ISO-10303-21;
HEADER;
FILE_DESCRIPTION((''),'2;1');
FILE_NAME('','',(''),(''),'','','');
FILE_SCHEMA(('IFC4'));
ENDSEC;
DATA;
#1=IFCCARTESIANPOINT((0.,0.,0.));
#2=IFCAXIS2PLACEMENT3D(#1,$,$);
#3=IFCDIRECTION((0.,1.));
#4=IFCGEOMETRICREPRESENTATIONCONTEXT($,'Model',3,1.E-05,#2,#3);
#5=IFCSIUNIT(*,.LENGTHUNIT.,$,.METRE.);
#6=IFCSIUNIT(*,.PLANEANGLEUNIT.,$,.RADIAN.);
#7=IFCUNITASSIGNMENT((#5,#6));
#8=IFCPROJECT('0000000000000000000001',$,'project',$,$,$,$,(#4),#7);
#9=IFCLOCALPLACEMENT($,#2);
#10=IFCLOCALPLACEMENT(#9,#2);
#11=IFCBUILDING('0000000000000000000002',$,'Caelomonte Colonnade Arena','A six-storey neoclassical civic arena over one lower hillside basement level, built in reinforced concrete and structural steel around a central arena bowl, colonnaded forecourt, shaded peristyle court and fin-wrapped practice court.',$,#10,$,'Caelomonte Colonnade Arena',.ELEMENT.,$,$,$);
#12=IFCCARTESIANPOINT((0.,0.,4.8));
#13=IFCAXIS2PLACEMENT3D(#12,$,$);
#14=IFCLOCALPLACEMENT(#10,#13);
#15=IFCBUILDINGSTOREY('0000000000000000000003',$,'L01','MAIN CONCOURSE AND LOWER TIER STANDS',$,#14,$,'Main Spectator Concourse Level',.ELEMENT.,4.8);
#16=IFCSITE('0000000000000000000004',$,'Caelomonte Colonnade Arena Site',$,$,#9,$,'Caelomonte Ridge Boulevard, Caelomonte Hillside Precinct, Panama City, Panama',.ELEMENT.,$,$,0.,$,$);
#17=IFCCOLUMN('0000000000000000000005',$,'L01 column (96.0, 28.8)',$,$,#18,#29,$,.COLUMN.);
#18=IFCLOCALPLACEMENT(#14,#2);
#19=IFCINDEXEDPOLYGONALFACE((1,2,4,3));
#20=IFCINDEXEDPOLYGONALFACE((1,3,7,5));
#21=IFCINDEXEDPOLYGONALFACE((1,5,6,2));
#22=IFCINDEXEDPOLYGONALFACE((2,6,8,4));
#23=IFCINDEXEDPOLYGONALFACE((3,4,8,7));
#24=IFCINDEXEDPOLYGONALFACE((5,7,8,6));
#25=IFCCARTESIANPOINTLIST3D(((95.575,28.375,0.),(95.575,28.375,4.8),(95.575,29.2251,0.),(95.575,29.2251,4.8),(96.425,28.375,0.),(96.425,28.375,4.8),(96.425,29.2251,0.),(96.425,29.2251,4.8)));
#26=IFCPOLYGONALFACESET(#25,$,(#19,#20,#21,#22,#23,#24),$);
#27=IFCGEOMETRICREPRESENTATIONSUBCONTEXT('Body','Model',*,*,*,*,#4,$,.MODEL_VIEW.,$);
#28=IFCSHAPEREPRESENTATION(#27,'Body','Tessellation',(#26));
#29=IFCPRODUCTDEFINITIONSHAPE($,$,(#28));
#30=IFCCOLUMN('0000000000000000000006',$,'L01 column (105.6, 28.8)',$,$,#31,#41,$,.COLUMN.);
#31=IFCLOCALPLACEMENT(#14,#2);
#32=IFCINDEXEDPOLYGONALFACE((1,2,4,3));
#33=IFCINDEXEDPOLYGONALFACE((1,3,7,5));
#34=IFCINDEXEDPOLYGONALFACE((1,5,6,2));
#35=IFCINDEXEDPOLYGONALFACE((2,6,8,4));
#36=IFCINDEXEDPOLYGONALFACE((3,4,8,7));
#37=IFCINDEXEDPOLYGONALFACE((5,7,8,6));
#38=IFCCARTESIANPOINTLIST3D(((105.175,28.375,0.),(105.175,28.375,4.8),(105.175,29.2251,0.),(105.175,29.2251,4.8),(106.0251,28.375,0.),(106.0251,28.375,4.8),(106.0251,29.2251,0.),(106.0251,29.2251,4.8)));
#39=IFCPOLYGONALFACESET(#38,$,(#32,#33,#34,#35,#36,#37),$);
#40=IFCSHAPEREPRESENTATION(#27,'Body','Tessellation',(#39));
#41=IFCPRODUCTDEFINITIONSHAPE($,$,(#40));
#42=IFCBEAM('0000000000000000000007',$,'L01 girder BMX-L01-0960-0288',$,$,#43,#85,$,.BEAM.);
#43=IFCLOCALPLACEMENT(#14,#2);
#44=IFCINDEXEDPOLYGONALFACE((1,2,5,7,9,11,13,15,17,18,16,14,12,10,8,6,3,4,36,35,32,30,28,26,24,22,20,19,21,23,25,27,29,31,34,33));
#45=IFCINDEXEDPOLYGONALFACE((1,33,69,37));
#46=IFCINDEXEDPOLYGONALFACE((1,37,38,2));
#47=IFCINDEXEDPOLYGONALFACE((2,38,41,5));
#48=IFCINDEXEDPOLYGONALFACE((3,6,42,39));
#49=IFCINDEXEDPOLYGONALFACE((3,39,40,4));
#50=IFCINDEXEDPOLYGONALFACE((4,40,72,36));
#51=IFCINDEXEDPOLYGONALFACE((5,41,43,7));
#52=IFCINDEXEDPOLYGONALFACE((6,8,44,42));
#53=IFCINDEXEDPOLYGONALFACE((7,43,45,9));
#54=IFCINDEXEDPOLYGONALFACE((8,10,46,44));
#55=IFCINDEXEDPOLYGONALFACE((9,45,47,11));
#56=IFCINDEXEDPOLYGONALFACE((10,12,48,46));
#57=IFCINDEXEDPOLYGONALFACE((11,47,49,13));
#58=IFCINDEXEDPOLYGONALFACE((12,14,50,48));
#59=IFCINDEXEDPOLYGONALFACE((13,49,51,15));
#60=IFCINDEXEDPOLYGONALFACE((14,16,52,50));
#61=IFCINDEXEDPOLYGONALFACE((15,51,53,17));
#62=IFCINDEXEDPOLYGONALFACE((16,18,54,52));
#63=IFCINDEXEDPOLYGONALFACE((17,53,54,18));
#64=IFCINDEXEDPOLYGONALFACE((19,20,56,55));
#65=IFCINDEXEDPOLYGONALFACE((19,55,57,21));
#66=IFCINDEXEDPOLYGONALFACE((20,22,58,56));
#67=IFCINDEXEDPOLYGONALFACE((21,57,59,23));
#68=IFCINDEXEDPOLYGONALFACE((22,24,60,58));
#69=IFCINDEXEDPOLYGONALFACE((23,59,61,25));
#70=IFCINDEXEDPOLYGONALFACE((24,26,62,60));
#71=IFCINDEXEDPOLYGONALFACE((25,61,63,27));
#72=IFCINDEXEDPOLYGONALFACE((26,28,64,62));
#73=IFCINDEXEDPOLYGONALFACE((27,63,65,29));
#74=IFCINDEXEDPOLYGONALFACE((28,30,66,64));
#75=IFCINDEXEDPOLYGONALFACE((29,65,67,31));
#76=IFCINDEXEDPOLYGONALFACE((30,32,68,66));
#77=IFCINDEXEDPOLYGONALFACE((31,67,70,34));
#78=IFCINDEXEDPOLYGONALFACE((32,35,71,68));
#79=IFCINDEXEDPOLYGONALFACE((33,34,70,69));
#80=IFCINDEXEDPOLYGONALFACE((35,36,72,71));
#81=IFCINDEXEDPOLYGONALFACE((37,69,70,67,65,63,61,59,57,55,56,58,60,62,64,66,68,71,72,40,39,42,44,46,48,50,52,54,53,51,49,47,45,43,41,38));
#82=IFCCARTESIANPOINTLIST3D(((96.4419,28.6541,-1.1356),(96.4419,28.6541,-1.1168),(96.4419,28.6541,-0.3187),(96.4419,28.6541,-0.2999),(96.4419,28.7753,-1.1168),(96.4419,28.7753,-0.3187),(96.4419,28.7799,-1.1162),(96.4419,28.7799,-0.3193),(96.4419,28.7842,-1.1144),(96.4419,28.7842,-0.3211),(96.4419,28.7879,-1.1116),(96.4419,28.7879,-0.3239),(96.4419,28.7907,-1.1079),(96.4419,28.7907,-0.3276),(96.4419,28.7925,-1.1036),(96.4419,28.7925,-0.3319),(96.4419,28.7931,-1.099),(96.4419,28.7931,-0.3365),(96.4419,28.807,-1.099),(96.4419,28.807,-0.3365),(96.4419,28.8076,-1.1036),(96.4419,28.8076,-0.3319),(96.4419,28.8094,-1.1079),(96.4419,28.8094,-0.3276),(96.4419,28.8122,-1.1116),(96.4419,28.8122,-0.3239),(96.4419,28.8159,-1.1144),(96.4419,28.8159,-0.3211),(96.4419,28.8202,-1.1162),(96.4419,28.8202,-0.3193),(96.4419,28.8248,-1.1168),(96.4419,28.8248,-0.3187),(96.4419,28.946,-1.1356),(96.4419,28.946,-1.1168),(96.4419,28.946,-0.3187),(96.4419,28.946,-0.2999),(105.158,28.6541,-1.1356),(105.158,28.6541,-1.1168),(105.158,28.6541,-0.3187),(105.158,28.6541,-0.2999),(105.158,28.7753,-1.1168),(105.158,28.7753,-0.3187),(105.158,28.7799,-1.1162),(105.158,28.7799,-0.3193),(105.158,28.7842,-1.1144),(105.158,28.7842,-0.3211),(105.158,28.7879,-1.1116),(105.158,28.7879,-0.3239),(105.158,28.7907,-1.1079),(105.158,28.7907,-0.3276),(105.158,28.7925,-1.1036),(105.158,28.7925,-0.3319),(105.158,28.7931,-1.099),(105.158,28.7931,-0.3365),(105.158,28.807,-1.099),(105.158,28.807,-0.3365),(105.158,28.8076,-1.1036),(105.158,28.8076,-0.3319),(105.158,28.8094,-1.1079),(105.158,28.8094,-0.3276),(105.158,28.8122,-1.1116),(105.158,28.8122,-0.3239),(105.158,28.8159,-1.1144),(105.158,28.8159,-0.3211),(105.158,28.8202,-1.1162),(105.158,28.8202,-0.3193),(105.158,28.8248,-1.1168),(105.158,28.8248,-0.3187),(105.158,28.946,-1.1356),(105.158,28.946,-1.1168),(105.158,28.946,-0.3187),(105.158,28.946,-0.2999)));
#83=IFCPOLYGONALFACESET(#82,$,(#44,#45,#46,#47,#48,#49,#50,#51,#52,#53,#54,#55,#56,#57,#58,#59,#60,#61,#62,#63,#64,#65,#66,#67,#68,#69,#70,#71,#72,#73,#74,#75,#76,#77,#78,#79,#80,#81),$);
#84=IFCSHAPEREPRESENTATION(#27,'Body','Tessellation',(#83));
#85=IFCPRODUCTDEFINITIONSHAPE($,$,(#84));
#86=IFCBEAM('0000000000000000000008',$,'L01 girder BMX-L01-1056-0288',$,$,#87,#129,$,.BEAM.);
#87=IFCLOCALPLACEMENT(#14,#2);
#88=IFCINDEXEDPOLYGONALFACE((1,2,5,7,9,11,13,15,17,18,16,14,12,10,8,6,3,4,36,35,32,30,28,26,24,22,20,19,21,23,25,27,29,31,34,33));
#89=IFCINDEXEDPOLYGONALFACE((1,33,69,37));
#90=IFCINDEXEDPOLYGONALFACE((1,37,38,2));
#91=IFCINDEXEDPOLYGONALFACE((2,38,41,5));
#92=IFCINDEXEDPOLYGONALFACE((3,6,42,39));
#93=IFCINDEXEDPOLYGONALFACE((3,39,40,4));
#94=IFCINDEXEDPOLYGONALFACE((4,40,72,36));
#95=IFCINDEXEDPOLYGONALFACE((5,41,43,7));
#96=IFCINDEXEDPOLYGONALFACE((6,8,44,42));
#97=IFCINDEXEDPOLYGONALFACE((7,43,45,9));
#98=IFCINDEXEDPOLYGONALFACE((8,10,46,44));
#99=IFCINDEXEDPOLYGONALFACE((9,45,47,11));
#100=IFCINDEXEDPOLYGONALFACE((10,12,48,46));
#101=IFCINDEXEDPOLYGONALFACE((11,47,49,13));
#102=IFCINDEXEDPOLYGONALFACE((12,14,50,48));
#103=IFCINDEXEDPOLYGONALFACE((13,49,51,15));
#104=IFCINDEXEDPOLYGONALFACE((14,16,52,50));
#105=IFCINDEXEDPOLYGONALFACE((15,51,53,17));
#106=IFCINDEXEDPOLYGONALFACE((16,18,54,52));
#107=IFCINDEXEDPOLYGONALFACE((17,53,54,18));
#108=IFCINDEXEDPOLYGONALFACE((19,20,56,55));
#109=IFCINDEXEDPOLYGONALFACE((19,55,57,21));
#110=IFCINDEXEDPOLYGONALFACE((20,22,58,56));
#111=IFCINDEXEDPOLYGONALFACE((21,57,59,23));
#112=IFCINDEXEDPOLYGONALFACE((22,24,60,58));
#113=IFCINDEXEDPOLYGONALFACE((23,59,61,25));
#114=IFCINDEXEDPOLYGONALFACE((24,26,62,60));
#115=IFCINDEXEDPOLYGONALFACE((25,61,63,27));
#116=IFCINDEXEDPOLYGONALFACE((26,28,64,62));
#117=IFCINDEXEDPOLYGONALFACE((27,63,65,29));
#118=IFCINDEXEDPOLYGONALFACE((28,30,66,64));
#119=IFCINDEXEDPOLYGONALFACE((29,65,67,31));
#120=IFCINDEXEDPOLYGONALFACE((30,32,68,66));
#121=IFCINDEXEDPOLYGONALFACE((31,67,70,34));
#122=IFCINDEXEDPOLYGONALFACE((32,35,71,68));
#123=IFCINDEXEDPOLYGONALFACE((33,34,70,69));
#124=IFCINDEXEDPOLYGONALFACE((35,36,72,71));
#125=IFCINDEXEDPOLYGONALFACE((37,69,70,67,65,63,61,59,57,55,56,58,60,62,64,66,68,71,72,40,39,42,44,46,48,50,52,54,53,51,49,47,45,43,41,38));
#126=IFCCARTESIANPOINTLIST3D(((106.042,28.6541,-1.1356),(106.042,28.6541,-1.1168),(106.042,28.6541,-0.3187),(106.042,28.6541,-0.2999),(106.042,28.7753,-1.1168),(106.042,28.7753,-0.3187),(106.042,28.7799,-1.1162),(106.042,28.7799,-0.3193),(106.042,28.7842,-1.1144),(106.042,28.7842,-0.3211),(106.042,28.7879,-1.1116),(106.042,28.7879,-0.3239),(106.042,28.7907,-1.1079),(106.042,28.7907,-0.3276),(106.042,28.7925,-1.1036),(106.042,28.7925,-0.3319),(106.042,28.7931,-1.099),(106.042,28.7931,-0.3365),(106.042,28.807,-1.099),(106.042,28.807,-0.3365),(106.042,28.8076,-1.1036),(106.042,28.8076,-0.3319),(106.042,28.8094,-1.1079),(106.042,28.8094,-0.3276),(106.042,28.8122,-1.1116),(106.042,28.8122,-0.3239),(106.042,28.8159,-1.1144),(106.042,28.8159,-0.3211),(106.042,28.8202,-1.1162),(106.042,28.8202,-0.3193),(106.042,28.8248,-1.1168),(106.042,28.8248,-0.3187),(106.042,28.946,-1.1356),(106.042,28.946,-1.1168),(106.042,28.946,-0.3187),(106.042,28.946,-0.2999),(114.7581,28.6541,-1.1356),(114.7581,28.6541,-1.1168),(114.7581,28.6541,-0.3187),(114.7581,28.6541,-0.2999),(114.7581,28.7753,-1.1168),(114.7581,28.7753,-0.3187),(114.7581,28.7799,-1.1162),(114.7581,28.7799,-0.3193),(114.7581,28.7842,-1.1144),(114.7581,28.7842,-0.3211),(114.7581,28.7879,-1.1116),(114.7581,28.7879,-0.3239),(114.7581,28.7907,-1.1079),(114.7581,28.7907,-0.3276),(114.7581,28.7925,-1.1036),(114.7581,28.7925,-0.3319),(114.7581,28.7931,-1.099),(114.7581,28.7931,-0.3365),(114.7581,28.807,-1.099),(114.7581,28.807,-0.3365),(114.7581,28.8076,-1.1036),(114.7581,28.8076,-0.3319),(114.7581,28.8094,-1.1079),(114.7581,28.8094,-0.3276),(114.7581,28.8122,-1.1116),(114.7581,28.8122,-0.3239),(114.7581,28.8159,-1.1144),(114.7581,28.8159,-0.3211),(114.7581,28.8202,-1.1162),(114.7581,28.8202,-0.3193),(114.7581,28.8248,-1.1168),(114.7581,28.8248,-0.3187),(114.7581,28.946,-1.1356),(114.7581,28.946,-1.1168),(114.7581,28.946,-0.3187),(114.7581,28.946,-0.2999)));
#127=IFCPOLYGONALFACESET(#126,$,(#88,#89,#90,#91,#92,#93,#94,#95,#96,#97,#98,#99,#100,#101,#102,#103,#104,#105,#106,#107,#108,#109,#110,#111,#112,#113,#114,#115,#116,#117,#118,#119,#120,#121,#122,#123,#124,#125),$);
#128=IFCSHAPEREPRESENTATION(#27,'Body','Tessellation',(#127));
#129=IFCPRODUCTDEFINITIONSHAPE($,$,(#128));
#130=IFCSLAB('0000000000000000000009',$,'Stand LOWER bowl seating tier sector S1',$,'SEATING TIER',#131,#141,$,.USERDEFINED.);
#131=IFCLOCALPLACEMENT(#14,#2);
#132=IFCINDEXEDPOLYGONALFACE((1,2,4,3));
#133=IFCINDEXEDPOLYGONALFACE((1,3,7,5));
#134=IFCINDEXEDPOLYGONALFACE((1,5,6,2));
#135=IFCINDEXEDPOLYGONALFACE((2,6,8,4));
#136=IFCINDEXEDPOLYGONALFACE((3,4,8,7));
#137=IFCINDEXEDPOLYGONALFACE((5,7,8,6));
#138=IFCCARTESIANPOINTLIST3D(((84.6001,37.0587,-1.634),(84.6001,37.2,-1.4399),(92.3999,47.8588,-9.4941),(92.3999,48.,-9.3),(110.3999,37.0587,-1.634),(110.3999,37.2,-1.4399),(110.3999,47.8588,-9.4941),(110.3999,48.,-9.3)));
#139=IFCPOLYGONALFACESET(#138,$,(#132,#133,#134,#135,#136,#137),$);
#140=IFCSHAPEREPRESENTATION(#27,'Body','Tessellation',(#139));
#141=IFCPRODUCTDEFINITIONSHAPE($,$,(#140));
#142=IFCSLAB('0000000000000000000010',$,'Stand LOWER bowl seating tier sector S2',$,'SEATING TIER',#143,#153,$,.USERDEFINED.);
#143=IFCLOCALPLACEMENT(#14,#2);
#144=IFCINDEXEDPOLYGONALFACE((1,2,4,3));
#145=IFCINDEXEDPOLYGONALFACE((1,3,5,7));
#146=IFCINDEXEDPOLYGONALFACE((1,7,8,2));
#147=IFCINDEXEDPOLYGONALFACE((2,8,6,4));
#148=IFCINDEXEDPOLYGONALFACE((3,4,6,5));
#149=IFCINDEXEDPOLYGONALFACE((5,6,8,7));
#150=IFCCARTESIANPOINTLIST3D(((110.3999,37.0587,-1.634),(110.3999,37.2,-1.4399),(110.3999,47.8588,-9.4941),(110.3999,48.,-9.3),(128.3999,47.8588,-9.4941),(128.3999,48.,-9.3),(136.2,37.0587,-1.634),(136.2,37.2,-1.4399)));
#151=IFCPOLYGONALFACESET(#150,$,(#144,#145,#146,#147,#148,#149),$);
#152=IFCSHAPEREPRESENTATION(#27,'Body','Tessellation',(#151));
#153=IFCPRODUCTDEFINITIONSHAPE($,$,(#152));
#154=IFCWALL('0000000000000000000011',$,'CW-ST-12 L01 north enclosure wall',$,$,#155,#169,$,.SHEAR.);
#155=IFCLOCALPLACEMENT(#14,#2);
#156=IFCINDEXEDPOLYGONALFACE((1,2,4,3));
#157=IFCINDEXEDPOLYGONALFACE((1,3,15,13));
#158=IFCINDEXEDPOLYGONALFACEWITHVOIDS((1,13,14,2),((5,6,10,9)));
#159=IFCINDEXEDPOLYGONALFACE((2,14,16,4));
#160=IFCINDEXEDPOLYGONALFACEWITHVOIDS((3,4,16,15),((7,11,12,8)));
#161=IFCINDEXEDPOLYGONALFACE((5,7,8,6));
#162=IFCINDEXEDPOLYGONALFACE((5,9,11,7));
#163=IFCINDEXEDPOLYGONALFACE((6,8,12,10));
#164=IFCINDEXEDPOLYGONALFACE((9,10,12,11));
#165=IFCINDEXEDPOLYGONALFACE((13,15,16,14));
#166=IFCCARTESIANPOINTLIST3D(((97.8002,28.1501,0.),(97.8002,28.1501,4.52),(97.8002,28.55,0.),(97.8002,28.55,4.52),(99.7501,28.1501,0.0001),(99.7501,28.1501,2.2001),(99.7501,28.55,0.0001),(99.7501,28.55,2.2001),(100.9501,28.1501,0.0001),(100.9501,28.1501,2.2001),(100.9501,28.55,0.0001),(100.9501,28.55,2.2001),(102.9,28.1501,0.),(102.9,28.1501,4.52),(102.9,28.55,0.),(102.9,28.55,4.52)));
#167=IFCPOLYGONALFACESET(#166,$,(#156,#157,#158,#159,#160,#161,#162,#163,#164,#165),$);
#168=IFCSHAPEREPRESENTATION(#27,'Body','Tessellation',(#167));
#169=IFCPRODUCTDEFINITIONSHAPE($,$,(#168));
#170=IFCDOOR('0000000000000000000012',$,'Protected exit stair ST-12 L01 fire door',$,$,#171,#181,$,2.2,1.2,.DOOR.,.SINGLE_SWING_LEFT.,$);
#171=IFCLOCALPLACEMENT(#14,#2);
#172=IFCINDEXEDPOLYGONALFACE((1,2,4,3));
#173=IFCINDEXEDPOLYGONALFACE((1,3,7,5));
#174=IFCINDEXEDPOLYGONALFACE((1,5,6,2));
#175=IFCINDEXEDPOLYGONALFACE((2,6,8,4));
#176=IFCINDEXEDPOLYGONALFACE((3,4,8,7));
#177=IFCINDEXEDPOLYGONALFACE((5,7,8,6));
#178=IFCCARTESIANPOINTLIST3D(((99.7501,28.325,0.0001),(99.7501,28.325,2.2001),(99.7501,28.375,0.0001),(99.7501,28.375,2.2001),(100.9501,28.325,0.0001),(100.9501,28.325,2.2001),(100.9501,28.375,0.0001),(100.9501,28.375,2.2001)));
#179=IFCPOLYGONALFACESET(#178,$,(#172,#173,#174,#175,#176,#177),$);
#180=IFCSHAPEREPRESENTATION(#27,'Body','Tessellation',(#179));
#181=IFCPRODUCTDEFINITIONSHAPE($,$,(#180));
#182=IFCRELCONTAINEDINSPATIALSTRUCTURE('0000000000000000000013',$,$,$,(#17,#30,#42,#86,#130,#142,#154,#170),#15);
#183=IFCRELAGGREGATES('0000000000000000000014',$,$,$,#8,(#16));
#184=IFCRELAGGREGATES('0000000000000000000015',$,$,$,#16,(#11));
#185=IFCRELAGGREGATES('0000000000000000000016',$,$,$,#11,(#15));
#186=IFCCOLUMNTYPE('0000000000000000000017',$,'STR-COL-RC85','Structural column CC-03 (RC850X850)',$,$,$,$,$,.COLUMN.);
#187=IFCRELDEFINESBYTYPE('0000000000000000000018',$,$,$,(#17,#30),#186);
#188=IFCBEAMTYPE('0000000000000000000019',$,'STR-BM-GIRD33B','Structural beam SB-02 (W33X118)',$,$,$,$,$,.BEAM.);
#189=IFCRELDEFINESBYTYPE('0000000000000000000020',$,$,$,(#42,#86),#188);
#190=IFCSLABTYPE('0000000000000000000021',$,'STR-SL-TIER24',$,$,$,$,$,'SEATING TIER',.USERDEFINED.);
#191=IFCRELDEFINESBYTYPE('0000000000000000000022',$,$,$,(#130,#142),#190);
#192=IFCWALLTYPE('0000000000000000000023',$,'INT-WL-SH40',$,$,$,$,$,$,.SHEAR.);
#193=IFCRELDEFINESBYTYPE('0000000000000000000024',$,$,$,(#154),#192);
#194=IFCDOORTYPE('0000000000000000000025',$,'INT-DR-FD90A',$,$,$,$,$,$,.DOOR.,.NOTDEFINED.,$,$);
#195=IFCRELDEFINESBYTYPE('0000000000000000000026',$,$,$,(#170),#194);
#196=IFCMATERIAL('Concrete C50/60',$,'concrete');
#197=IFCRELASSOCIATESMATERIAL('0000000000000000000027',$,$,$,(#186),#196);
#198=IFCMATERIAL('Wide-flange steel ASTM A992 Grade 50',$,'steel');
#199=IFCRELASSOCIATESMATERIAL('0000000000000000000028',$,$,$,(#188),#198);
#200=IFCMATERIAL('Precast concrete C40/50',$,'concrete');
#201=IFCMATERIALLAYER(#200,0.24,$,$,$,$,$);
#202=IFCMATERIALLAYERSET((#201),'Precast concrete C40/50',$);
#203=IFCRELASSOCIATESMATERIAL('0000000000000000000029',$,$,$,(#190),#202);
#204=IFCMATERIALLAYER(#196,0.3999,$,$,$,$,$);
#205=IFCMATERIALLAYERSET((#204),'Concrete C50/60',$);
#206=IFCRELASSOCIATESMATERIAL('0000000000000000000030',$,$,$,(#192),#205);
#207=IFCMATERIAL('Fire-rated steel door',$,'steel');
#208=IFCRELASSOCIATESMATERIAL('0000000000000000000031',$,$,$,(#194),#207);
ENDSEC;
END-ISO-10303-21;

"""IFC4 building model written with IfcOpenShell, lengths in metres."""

from ifc_helpers import new_model, si_unit, direction, frame, frame_2d, origin, origin_2d, place, context, subcontext, project, spatial, polyline, rectangle, i_section, outline, extrude, material, layer, layer_set, material_profile, profile_set, type_object, element, fill, save


model = new_model("IFC4")

# Units and contexts
model_context = context("Model", 3, precision=1e-05, world=origin(), true_north=direction((0.0, 1.0)))
body_context = subcontext(model_context, "Body", "Model", "MODEL_VIEW")
ifc_project = project(units=[si_unit("LENGTHUNIT", "METRE"), si_unit("PLANEANGLEUNIT", "RADIAN")], contexts=[model_context])

# Site, building, storey
site_placement = place(None, origin())
site = spatial("IfcSite", under=ifc_project, at=site_placement, Name="Caelomonte Colonnade Arena Site", LongName="Caelomonte Ridge Boulevard, Caelomonte Hillside Precinct, Panama City, Panama", CompositionType="ELEMENT", RefElevation=0.0)
building_placement = place(site_placement, origin())
building = spatial("IfcBuilding", under=site, at=building_placement, Name="Caelomonte Colonnade Arena", Description="A six-storey neoclassical civic arena over one lower hillside basement level, built in reinforced concrete and structural steel around a central arena bowl, colonnaded forecourt, shaded peristyle court and fin-wrapped practice court.", LongName="Caelomonte Colonnade Arena", CompositionType="ELEMENT")
storey_placement = place(building_placement, frame((0.0, 0.0, 4.8)))
storey = spatial("IfcBuildingStorey", under=building, at=storey_placement, Name="L01", Description="MAIN CONCOURSE AND LOWER TIER STANDS", LongName="Main Spectator Concourse Level", CompositionType="ELEMENT", Elevation=4.8)

# Columns
ifc_material_1 = material(Name="Concrete C50/60", Category="concrete")
ifc_material_profile_1 = material_profile(ifc_material_1, rectangle(XDim=0.8501, YDim=0.8501, at=origin_2d()), Name="RC850X850")
ifc_profile_set_1 = profile_set([ifc_material_profile_1], Name="Concrete C50/60")
column_type = type_object("IfcColumnType", Name="STR-COL-RC85", Description="Structural column CC-03 (RC850X850)", PredefinedType="COLUMN", material=ifc_profile_set_1)
for number, where, z_axis, x_axis, name in (
    (1, (96.0, 28.8, 0.0), (0.0, 0.0, 1.0), (1.0, 0.0, 0.0), "L01 column (96.0, 28.8)"),
    (2, (105.6001, 28.8, 0.0), (0.0, 0.0, 1.0), (1.0, 0.0, 0.0), "L01 column (105.6, 28.8)"),
):
    element("IfcColumn", number, at=place(storey_placement, frame(where, z_axis=z_axis, x_axis=x_axis)), inside=storey, type_object=column_type, Name=name, PredefinedType="COLUMN", context=body_context, shape_type="SweptSolid", body=[
        extrude(rectangle(XDim=0.8501, YDim=0.8501, at=origin_2d()), origin(), (0.0, 0.0, 1.0), 4.8),
    ])

# Beams
ifc_material_2 = material(Name="Wide-flange steel ASTM A992 Grade 50", Category="steel")
ifc_material_profile_2 = material_profile(ifc_material_2, i_section(OverallWidth=0.292, OverallDepth=0.8357, WebThickness=0.0139, FlangeThickness=0.0188, FilletRadius=0.0178, at=origin_2d()), Name="W33X118")
ifc_profile_set_2 = profile_set([ifc_material_profile_2], Name="Wide-flange steel ASTM A992 Grade 50")
beam_type = type_object("IfcBeamType", Name="STR-BM-GIRD33B", Description="Structural beam SB-02 (W33X118)", PredefinedType="BEAM", material=ifc_profile_set_2)
for number, where, z_axis, x_axis, name in (
    (3, (96.4419, 28.8, -0.7178), (1.0, 0.0, 0.0), (0.0, 1.0, 0.0), "L01 girder BMX-L01-0960-0288"),
    (4, (106.042, 28.8, -0.7178), (1.0, 0.0, 0.0), (0.0, 1.0, 0.0), "L01 girder BMX-L01-1056-0288"),
):
    element("IfcBeam", number, at=place(storey_placement, frame(where, z_axis=z_axis, x_axis=x_axis)), inside=storey, type_object=beam_type, Name=name, PredefinedType="BEAM", context=body_context, shape_type="SweptSolid", body=[
        extrude(i_section(OverallWidth=0.292, OverallDepth=0.8357, WebThickness=0.0139, FlangeThickness=0.0188, FilletRadius=0.0178, at=origin_2d()), origin(), (0.0, 0.0, 1.0), 8.7161),
    ])

# Slabs
ifc_material_3 = material(Name="Precast concrete C40/50", Category="concrete")
ifc_layer_1 = layer(ifc_material_3, 0.24)
ifc_layer_set_1 = layer_set([ifc_layer_1], Name="Precast concrete C40/50")
slab_type = type_object("IfcSlabType", Name="STR-SL-TIER24", ElementType="SEATING TIER", PredefinedType="USERDEFINED", material=ifc_layer_set_1)
slab_1_placement = place(storey_placement, frame((92.3999, 48.0, -9.3), z_axis=(0.0, 0.588442, 0.808539), x_axis=(1.0, 0.0, 0.0)))
element("IfcSlab", 5, at=slab_1_placement, inside=storey, type_object=slab_type, Name="Stand LOWER bowl seating tier sector S1", ObjectType="SEATING TIER", PredefinedType="USERDEFINED", context=body_context, shape_type="SweptSolid", body=[
    extrude(outline(polyline([(0.0, 0.0), (18.0, 0.0), (18.0, -13.3575), (-7.7998, -13.3575), (0.0, 0.0)])), origin(), (0.0, 0.0, -1.0), 0.24),
])
slab_2_placement = place(storey_placement, frame((110.3999, 48.0, -9.3), z_axis=(0.0, 0.588442, 0.808539), x_axis=(1.0, 0.0, 0.0)))
element("IfcSlab", 6, at=slab_2_placement, inside=storey, type_object=slab_type, Name="Stand LOWER bowl seating tier sector S2", ObjectType="SEATING TIER", PredefinedType="USERDEFINED", context=body_context, shape_type="SweptSolid", body=[
    extrude(outline(polyline([(0.0, 0.0), (18.0, 0.0), (25.8, -13.3575), (0.0, -13.3575), (0.0, 0.0)])), origin(), (0.0, 0.0, -1.0), 0.24),
])

# Wall, opening, door
ifc_layer_2 = layer(ifc_material_1, 0.3999)
ifc_layer_set_2 = layer_set([ifc_layer_2], Name="Concrete C50/60")
wall_type = type_object("IfcWallType", Name="INT-WL-SH40", PredefinedType="SHEAR", material=ifc_layer_set_2)
wall_1_placement = place(storey_placement, frame((102.8999, 28.3501, 0.0), z_axis=(0.0, 0.0, 1.0), x_axis=(-1.0, 0.0, 0.0)))
wall_1 = element("IfcWall", 7, at=wall_1_placement, inside=storey, type_object=wall_type, Name="CW-ST-12 L01 north enclosure wall", PredefinedType="SHEAR", context=body_context, shape_type="SweptSolid", body=[
    extrude(rectangle(XDim=5.0999, YDim=0.3999, at=frame_2d((2.5498, 0.0))), origin(), (0.0, 0.0, 1.0), 4.52),
])
opening_1_placement = place(wall_1_placement, frame((3.1499, 0.0, 0.0), z_axis=(0.0, 0.0, 1.0), x_axis=(-1.0, 0.0, 0.0)))
opening_1 = element("IfcOpeningElement", 8, at=opening_1_placement, cuts=wall_1, PredefinedType="OPENING", context=body_context, shape_type="SweptSolid", body=[
    extrude(rectangle(XDim=1.2, YDim=2.2, at=frame_2d((0.6001, 1.1001))), frame((0.0, 0.21, 0.0), z_axis=(0.0, -1.0, 0.0), x_axis=(1.0, 0.0, 0.0)), (0.0, 0.0, 1.0), 0.4199),
])
ifc_material_4 = material(Name="Fire-rated steel door", Category="steel")
door_type = type_object("IfcDoorType", Name="INT-DR-FD90A", OperationType="NOTDEFINED", PredefinedType="DOOR", material=ifc_material_4)
door_1_placement = place(opening_1_placement, origin())
door_1 = element("IfcDoor", 9, at=door_1_placement, inside=storey, type_object=door_type, Name="Protected exit stair ST-12 L01 fire door", OperationType="SINGLE_SWING_LEFT", OverallHeight=2.2, OverallWidth=1.2, PredefinedType="DOOR", context=body_context, shape_type="SweptSolid", body=[
    extrude(rectangle(XDim=1.2, YDim=2.2, at=frame_2d((0.6001, 1.1001))), frame((0.0, 0.0249, 0.0), z_axis=(0.0, -1.0, 0.0), x_axis=(1.0, 0.0, 0.0)), (0.0, 0.0, 1.0), 0.05),
])
fill(opening_1, door_1)

save(model, "model.ifc")
